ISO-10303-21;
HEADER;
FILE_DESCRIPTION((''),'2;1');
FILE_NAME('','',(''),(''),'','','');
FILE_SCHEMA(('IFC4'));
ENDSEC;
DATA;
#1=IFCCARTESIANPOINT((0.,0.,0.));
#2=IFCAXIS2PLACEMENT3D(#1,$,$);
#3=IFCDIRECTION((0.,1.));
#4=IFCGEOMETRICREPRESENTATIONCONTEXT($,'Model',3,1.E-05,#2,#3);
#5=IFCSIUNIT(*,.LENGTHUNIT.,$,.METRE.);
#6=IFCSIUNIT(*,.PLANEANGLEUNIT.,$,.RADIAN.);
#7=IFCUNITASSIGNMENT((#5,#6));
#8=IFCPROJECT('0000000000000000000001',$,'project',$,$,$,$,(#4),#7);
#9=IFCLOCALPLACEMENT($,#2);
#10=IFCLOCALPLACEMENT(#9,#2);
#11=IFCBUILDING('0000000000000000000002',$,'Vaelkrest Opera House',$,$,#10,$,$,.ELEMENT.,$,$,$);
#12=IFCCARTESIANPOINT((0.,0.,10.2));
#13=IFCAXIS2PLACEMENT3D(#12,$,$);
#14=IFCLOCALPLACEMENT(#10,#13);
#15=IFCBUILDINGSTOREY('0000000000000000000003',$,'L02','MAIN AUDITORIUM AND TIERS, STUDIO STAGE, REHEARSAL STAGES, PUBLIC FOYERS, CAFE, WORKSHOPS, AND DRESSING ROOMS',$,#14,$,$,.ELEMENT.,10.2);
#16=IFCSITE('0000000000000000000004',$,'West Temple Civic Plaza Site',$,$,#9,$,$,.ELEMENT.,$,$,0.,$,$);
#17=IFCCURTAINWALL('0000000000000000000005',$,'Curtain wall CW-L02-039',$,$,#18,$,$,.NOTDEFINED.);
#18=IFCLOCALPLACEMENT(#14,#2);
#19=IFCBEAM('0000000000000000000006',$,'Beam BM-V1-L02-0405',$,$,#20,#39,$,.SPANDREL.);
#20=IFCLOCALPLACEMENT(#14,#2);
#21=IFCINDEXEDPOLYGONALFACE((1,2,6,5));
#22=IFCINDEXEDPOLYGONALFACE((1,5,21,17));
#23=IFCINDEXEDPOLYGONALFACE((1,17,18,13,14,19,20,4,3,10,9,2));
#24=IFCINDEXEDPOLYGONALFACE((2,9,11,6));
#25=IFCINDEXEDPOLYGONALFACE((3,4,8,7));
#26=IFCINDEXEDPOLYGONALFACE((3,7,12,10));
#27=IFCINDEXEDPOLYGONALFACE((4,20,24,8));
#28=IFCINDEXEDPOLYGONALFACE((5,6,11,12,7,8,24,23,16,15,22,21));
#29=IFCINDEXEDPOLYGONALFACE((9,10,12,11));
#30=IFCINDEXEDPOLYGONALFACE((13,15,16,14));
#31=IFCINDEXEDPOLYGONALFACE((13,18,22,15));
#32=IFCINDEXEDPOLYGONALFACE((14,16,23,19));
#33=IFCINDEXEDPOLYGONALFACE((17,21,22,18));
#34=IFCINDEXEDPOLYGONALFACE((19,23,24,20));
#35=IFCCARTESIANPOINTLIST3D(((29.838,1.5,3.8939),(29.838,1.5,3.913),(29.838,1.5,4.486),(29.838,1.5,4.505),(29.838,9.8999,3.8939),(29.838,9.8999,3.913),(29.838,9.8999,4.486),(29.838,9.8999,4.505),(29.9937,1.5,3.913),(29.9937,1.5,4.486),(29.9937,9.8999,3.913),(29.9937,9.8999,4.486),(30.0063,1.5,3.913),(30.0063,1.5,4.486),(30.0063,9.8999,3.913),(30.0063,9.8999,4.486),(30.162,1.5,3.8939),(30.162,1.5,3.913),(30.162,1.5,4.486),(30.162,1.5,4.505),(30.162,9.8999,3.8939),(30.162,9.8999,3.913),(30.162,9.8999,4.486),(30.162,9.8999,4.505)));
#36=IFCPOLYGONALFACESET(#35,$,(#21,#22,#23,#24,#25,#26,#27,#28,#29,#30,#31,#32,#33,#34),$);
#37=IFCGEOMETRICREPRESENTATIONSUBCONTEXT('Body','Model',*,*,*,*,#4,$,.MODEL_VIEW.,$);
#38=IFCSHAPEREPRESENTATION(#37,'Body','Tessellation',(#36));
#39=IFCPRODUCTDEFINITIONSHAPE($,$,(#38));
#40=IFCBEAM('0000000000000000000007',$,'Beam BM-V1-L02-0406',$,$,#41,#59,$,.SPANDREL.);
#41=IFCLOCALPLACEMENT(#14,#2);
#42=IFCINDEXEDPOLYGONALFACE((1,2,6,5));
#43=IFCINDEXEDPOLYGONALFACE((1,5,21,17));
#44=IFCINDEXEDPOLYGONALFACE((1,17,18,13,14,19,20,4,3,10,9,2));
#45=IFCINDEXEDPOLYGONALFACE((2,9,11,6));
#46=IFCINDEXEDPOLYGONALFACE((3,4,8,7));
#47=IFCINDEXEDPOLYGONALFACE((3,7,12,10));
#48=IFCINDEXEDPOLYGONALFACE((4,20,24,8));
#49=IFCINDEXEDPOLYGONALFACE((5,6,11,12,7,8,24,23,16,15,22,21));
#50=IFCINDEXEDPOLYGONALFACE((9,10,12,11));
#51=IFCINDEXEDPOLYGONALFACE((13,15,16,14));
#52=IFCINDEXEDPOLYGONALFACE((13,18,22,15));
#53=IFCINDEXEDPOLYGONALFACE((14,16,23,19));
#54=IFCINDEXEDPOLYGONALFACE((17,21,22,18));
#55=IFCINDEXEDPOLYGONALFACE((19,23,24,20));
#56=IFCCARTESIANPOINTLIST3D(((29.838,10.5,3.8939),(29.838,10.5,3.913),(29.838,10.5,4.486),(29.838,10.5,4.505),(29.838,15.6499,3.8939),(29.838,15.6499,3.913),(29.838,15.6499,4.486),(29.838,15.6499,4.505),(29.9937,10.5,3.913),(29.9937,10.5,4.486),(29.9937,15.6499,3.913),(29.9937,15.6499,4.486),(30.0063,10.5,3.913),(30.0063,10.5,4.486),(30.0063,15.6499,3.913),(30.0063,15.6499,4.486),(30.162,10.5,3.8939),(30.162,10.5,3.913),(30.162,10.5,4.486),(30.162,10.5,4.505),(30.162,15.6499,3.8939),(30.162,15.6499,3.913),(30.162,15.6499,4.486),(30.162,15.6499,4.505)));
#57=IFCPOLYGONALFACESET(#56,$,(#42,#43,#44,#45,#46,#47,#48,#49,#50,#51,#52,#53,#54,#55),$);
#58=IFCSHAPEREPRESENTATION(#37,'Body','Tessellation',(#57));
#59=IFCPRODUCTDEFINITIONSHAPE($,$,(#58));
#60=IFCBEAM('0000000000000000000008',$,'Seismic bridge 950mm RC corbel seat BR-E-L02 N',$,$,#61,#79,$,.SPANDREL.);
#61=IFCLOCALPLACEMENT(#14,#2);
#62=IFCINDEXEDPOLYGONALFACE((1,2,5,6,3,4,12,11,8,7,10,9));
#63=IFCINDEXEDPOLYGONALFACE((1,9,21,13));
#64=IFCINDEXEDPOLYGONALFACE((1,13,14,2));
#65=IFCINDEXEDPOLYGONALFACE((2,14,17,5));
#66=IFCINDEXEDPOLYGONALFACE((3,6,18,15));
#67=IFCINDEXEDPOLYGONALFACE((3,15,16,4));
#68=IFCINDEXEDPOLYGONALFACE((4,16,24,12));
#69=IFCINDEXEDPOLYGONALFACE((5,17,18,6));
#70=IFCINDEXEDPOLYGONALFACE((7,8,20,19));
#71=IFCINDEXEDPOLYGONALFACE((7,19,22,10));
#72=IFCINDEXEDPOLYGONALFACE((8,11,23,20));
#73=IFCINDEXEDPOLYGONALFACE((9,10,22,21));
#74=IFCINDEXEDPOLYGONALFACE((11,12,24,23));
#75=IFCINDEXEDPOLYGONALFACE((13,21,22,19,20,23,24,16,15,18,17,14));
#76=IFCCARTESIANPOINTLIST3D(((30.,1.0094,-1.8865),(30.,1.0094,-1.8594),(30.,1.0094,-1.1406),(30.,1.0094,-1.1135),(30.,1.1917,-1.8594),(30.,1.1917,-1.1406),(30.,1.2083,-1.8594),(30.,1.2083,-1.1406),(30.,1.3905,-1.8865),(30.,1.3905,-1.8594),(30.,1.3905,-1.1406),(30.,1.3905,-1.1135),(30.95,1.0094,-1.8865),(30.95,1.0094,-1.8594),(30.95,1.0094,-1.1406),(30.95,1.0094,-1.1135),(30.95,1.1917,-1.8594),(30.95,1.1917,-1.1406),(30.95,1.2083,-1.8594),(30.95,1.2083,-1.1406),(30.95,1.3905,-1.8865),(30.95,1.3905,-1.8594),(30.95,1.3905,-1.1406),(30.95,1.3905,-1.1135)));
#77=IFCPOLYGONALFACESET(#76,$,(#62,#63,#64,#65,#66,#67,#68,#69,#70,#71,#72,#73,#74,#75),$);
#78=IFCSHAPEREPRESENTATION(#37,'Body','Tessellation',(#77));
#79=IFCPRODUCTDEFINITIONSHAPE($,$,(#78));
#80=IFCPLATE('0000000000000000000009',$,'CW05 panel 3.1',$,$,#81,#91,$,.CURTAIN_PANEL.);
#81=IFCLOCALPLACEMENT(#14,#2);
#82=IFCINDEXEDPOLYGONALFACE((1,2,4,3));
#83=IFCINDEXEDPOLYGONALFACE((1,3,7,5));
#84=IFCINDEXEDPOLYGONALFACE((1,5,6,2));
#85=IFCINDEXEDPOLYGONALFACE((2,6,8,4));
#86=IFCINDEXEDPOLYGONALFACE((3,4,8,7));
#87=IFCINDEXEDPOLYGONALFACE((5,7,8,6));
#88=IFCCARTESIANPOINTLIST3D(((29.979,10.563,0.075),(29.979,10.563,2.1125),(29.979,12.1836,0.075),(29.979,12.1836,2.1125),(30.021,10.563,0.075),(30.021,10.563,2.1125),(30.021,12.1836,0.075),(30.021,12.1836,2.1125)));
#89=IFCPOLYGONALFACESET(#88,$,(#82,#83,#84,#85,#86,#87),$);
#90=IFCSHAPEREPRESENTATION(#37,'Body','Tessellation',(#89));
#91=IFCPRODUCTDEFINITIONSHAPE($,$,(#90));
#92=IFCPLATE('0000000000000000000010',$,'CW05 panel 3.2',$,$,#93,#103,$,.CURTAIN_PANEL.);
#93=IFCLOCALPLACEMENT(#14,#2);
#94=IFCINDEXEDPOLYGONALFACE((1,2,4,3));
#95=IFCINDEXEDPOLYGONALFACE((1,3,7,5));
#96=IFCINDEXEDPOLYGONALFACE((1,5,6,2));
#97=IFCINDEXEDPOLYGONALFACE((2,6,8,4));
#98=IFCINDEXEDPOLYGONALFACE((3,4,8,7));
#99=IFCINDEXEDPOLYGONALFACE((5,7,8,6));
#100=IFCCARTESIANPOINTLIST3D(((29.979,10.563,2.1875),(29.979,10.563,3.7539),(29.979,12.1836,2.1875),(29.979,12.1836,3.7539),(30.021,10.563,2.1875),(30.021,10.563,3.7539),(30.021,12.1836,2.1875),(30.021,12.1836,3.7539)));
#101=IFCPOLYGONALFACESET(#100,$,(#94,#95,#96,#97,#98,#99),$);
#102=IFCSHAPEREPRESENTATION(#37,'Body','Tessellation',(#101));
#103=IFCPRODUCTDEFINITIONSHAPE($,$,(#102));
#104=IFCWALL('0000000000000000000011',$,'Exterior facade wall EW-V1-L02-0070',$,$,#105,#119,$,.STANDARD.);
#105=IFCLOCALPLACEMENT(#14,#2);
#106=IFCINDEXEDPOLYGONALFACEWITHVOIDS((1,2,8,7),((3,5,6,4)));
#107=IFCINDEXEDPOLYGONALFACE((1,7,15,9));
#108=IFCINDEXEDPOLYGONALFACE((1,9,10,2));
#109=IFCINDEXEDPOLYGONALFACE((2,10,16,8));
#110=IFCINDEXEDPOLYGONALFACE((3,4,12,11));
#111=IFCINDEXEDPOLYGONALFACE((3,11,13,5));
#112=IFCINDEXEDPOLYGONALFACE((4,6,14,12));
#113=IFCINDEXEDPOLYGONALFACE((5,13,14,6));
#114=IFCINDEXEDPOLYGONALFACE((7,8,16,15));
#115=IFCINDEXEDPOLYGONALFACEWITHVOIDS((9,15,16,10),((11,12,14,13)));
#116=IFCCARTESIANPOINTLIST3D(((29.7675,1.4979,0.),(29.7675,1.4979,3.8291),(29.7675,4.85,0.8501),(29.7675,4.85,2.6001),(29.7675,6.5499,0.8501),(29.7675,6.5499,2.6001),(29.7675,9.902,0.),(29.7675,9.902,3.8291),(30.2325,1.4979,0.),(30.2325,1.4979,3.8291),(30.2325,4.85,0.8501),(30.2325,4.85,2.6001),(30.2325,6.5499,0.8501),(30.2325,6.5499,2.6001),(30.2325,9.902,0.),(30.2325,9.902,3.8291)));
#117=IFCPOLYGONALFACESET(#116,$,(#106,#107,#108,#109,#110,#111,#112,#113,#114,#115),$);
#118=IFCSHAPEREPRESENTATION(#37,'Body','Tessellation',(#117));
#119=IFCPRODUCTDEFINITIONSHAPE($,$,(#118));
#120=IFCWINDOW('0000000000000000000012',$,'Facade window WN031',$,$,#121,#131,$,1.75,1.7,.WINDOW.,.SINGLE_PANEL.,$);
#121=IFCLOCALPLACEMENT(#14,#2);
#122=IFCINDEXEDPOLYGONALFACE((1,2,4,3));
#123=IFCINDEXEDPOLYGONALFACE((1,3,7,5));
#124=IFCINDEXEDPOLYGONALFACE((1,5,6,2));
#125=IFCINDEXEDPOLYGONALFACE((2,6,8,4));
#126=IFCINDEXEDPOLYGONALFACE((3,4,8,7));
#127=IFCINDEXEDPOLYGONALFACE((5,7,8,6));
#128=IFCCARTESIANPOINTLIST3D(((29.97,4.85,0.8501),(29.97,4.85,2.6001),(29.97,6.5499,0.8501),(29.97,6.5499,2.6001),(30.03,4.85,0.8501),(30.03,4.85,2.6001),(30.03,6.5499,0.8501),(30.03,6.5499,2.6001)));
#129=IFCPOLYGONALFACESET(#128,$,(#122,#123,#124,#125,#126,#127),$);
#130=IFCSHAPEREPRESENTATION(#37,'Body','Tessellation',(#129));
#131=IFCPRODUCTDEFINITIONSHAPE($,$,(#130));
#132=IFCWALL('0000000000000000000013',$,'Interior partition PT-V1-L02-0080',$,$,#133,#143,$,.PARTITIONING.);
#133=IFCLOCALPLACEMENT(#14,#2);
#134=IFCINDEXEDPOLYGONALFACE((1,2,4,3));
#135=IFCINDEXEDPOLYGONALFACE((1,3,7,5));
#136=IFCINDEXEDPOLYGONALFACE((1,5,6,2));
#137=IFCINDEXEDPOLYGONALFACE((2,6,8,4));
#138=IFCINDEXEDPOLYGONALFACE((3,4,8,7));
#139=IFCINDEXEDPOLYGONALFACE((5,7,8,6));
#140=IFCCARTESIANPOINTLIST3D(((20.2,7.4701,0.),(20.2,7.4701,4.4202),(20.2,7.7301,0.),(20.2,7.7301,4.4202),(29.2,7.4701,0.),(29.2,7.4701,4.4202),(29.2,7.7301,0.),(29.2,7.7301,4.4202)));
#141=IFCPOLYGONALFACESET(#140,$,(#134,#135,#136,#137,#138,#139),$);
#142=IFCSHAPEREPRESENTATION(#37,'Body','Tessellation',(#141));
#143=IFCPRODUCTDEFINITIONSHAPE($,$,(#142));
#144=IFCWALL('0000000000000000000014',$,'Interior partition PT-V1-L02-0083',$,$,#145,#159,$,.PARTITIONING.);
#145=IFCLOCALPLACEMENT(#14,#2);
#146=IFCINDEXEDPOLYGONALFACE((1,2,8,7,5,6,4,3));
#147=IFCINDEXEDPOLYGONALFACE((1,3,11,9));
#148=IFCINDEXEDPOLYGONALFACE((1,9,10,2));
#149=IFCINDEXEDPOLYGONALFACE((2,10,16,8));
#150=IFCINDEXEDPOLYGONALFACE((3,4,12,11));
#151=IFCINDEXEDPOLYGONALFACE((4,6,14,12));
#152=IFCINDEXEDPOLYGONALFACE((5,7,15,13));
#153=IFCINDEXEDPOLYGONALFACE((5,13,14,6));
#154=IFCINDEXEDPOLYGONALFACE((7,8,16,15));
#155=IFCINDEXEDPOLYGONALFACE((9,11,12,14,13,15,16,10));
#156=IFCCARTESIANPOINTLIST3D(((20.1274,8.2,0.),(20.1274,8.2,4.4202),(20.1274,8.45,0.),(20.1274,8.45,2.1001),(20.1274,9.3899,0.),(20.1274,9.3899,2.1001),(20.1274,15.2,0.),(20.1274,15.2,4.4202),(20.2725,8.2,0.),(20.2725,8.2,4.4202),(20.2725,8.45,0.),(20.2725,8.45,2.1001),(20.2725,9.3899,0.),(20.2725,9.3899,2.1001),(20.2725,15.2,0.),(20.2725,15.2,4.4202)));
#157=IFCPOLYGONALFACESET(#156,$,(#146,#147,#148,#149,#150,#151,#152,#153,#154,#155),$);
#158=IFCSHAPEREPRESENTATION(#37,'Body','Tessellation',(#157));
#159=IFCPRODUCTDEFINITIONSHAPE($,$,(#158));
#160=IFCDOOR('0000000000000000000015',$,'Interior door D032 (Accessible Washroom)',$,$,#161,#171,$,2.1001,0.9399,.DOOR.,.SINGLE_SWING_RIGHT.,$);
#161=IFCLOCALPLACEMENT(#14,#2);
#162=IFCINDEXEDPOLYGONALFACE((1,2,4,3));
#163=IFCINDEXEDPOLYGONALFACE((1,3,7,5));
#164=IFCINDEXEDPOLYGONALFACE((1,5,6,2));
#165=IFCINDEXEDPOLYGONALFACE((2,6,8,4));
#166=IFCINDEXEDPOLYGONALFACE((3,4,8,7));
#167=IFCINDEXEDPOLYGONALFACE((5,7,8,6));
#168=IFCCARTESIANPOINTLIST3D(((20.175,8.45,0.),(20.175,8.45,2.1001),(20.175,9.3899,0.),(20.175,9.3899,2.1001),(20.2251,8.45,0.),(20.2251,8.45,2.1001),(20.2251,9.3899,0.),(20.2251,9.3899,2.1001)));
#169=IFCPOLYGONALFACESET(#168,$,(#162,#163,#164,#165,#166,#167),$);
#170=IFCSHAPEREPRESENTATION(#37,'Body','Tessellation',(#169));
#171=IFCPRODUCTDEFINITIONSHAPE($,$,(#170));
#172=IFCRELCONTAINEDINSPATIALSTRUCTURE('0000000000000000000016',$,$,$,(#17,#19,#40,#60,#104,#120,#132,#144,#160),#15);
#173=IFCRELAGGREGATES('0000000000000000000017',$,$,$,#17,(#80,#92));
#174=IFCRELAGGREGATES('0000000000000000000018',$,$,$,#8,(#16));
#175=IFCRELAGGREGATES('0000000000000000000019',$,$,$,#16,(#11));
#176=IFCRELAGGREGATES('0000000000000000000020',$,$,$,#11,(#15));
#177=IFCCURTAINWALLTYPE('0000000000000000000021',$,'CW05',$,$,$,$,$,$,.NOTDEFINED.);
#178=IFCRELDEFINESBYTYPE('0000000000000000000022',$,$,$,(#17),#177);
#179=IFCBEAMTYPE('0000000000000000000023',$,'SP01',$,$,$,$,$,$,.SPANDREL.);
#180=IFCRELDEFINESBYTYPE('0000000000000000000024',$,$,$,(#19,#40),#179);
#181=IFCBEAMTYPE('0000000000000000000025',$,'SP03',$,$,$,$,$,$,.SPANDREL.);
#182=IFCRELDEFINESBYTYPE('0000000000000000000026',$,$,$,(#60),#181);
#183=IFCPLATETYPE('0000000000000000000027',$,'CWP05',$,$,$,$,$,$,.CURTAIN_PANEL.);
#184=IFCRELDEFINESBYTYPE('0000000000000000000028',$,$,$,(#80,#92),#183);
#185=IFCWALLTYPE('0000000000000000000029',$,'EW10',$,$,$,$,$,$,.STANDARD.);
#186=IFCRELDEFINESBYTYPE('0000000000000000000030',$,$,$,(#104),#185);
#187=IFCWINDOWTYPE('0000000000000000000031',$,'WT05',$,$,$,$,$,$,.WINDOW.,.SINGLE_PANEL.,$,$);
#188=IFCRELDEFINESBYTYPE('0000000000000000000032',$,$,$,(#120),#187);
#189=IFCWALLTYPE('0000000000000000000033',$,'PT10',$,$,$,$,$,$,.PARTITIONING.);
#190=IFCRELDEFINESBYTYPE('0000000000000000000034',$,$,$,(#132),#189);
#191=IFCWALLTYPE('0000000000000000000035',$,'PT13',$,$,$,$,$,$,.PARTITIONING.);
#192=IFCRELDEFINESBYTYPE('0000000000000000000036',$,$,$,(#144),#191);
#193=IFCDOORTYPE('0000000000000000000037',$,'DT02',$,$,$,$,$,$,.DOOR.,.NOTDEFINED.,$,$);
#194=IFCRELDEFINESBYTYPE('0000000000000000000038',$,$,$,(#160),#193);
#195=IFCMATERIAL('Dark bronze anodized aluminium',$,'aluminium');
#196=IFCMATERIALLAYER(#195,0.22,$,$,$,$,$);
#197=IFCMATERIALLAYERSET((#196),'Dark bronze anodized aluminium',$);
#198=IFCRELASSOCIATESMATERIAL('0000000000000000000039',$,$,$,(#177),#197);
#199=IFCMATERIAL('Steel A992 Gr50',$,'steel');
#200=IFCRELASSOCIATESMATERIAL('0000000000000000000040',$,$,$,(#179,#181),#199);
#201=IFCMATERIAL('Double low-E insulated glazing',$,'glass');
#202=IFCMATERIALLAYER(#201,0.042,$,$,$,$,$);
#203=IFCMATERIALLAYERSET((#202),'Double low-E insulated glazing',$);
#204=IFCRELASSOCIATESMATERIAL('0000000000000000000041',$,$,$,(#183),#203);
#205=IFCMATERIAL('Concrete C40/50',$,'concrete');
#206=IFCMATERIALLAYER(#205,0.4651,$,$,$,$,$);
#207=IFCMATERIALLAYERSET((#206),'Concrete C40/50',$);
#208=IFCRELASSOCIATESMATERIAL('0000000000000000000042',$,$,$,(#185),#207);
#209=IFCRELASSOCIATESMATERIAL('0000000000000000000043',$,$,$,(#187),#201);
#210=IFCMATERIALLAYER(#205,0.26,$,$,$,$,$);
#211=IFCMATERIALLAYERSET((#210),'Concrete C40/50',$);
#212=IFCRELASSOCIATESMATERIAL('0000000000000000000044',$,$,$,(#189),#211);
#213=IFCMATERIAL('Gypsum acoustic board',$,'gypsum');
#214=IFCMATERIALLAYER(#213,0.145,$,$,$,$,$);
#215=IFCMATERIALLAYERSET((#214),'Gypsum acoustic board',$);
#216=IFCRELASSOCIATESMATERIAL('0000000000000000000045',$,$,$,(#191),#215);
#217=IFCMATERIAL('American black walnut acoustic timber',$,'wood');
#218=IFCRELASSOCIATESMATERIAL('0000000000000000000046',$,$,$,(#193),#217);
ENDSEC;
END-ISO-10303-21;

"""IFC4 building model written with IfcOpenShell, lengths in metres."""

from ifc_helpers import new_model, si_unit, direction, frame, frame_2d, origin, origin_2d, place, context, subcontext, project, spatial, rectangle, i_section, extrude, material, layer, layer_set, material_profile, profile_set, type_object, element, fill, aggregate, save


model = new_model("IFC4")

# Units and contexts
model_context = context("Model", 3, precision=1e-05, world=origin(), true_north=direction((0.0, 1.0)))
body_context = subcontext(model_context, "Body", "Model", "MODEL_VIEW")
ifc_project = project(units=[si_unit("LENGTHUNIT", "METRE"), si_unit("PLANEANGLEUNIT", "RADIAN")], contexts=[model_context])

# Site, building, storey
site_placement = place(None, origin())
site = spatial("IfcSite", under=ifc_project, at=site_placement, Name="West Temple Civic Plaza Site", CompositionType="ELEMENT", RefElevation=0.0)
building_placement = place(site_placement, origin())
building = spatial("IfcBuilding", under=site, at=building_placement, Name="Vaelkrest Opera House", CompositionType="ELEMENT")
storey_placement = place(building_placement, frame((0.0, 0.0, 10.2)))
storey = spatial("IfcBuildingStorey", under=building, at=storey_placement, Name="L02", Description="MAIN AUDITORIUM AND TIERS, STUDIO STAGE, REHEARSAL STAGES, PUBLIC FOYERS, CAFE, WORKSHOPS, AND DRESSING ROOMS", CompositionType="ELEMENT", Elevation=10.2)

# Shared definitions
ifc_material_1 = material(Name="Steel A992 Gr50", Category="steel")

# Curtain wall
ifc_material_2 = material(Name="Dark bronze anodized aluminium", Category="aluminium")
ifc_layer_1 = layer(ifc_material_2, 0.22)
ifc_layer_set_1 = layer_set([ifc_layer_1], Name="Dark bronze anodized aluminium")
curtain_wall_type = type_object("IfcCurtainWallType", Name="CW05", PredefinedType="NOTDEFINED", material=ifc_layer_set_1)
curtain_wall_placement = place(storey_placement, origin())
curtain_wall = element("IfcCurtainWall", 1, at=curtain_wall_placement, inside=storey, type_object=curtain_wall_type, Name="Curtain wall CW-L02-039", PredefinedType="NOTDEFINED")

# Beams
ifc_material_profile_1 = material_profile(ifc_material_1, i_section(OverallWidth=0.324, OverallDepth=0.6111, WebThickness=0.0127, FlangeThickness=0.019, at=origin_2d()), Name="W24X104")
ifc_profile_set_1 = profile_set([ifc_material_profile_1], Name="Steel A992 Gr50")
beam_type_1 = type_object("IfcBeamType", Name="SP01", PredefinedType="SPANDREL", material=ifc_profile_set_1)
for number, where, z_axis, x_axis, name in (
    (2, (30.0, 1.5, 4.1995), (0.0, 1.0, 0.0), (-1.0, 0.0, 0.0), "Beam BM-V1-L02-0405"),
):
    element("IfcBeam", number, at=place(storey_placement, frame(where, z_axis=z_axis, x_axis=x_axis)), inside=storey, type_object=beam_type_1, Name=name, PredefinedType="SPANDREL", context=body_context, shape_type="SweptSolid", body=[
        extrude(i_section(OverallWidth=0.324, OverallDepth=0.6111, WebThickness=0.0127, FlangeThickness=0.019, at=origin_2d()), origin(), (0.0, 0.0, 1.0), 8.3999),
    ])
beam_1_placement = place(storey_placement, frame((30.0, 10.5, 4.1995), z_axis=(0.0, 1.0, 0.0), x_axis=(-1.0, 0.0, 0.0)))
element("IfcBeam", 3, at=beam_1_placement, inside=storey, type_object=beam_type_1, Name="Beam BM-V1-L02-0406", PredefinedType="SPANDREL", context=body_context, shape_type="SweptSolid", body=[
    extrude(i_section(OverallWidth=0.324, OverallDepth=0.6111, WebThickness=0.0127, FlangeThickness=0.019, at=origin_2d()), origin(), (0.0, 0.0, 1.0), 5.1499),
])
ifc_material_profile_2 = material_profile(ifc_material_1, i_section(OverallWidth=0.3811, OverallDepth=0.7729, WebThickness=0.0166, FlangeThickness=0.0271, at=origin_2d()), Name="W30X173")
ifc_profile_set_2 = profile_set([ifc_material_profile_2], Name="Steel A992 Gr50")
beam_type_2 = type_object("IfcBeamType", Name="SP03", PredefinedType="SPANDREL", material=ifc_profile_set_2)
beam_2_placement = place(storey_placement, frame((30.0, 1.2, -1.5), z_axis=(1.0, 0.0, 0.0), x_axis=(0.0, 1.0, 0.0)))
element("IfcBeam", 4, at=beam_2_placement, inside=storey, type_object=beam_type_2, Name="Seismic bridge 950mm RC corbel seat BR-E-L02 N", PredefinedType="SPANDREL", context=body_context, shape_type="SweptSolid", body=[
    extrude(i_section(OverallWidth=0.3811, OverallDepth=0.7729, WebThickness=0.0166, FlangeThickness=0.0271, at=origin_2d()), origin(), (0.0, 0.0, 1.0), 0.95),
])

# Plates
ifc_material_3 = material(Name="Double low-E insulated glazing", Category="glass")
ifc_layer_2 = layer(ifc_material_3, 0.042)
ifc_layer_set_2 = layer_set([ifc_layer_2], Name="Double low-E insulated glazing")
plate_type = type_object("IfcPlateType", Name="CWP05", PredefinedType="CURTAIN_PANEL", material=ifc_layer_set_2)
plate_1_placement = place(storey_placement, frame((30.0, 11.3733, 0.075), z_axis=(0.0, 0.0, 1.0), x_axis=(0.0, -1.0, 0.0)))
plate_1 = element("IfcPlate", 5, at=plate_1_placement, type_object=plate_type, Name="CW05 panel 3.1", PredefinedType="CURTAIN_PANEL", context=body_context, shape_type="SweptSolid", body=[
    extrude(rectangle(XDim=1.6206, YDim=0.042, at=origin_2d()), origin(), (0.0, 0.0, 1.0), 2.0376),
])
plate_2_placement = place(storey_placement, frame((30.0, 11.3733, 2.1875), z_axis=(0.0, 0.0, 1.0), x_axis=(0.0, -1.0, 0.0)))
plate_2 = element("IfcPlate", 6, at=plate_2_placement, type_object=plate_type, Name="CW05 panel 3.2", PredefinedType="CURTAIN_PANEL", context=body_context, shape_type="SweptSolid", body=[
    extrude(rectangle(XDim=1.6206, YDim=0.042, at=origin_2d()), origin(), (0.0, 0.0, 1.0), 1.5664),
])
aggregate(curtain_wall, [plate_1, plate_2])

# Wall, opening, window
ifc_material_4 = material(Name="Concrete C40/50", Category="concrete")
ifc_layer_3 = layer(ifc_material_4, 0.4651)
ifc_layer_set_3 = layer_set([ifc_layer_3], Name="Concrete C40/50")
wall_type_1 = type_object("IfcWallType", Name="EW10", PredefinedType="STANDARD", material=ifc_layer_set_3)
wall_1_placement = place(storey_placement, frame((30.0, 9.9021, 0.0), z_axis=(0.0, 0.0, 1.0), x_axis=(0.0, -1.0, 0.0)))
wall_1 = element("IfcWall", 7, at=wall_1_placement, inside=storey, type_object=wall_type_1, Name="Exterior facade wall EW-V1-L02-0070", PredefinedType="STANDARD", context=body_context, shape_type="SweptSolid", body=[
    extrude(rectangle(XDim=8.4041, YDim=0.4651, at=frame_2d((4.2021, 0.0))), origin(), (0.0, 0.0, 1.0), 3.8291),
])
opening_1_placement = place(wall_1_placement, frame((3.3521, 0.0, 0.8501)))
opening_1 = element("IfcOpeningElement", 8, at=opening_1_placement, cuts=wall_1, PredefinedType="OPENING", context=body_context, shape_type="SweptSolid", body=[
    extrude(rectangle(XDim=1.7, YDim=1.75, at=frame_2d((0.8501, 0.875))), frame((0.0, 0.2424, 0.0), z_axis=(0.0, -1.0, 0.0), x_axis=(1.0, 0.0, 0.0)), (0.0, 0.0, 1.0), 0.4851),
])
window_type = type_object("IfcWindowType", Name="WT05", PartitioningType="SINGLE_PANEL", PredefinedType="WINDOW", material=ifc_material_3)
window_placement = place(opening_1_placement, origin())
window = element("IfcWindow", 9, at=window_placement, inside=storey, type_object=window_type, Name="Facade window WN031", OverallHeight=1.75, OverallWidth=1.7, PartitioningType="SINGLE_PANEL", PredefinedType="WINDOW", context=body_context, shape_type="SweptSolid", body=[
    extrude(rectangle(XDim=1.7, YDim=1.75, at=frame_2d((0.8501, 0.875))), frame((0.0, 0.03, 0.0), z_axis=(0.0, -1.0, 0.0), x_axis=(1.0, 0.0, 0.0)), (0.0, 0.0, 1.0), 0.0601),
])
fill(opening_1, window)

# Wall
ifc_layer_4 = layer(ifc_material_4, 0.26)
ifc_layer_set_4 = layer_set([ifc_layer_4], Name="Concrete C40/50")
wall_type_2 = type_object("IfcWallType", Name="PT10", PredefinedType="PARTITIONING", material=ifc_layer_set_4)
wall_2_placement = place(storey_placement, frame((20.2, 7.6001, 0.0), z_axis=(0.0, 0.0, 1.0), x_axis=(1.0, 0.0, 0.0)))
element("IfcWall", 10, at=wall_2_placement, inside=storey, type_object=wall_type_2, Name="Interior partition PT-V1-L02-0080", PredefinedType="PARTITIONING", context=body_context, shape_type="SweptSolid", body=[
    extrude(rectangle(XDim=9.0, YDim=0.26, at=frame_2d((4.5, 0.0))), origin(), (0.0, 0.0, 1.0), 4.4202),
])

# Wall, opening, door
ifc_material_5 = material(Name="Gypsum acoustic board", Category="gypsum")
ifc_layer_5 = layer(ifc_material_5, 0.145)
ifc_layer_set_5 = layer_set([ifc_layer_5], Name="Gypsum acoustic board")
wall_type_3 = type_object("IfcWallType", Name="PT13", PredefinedType="PARTITIONING", material=ifc_layer_set_5)
wall_3_placement = place(storey_placement, frame((20.2, 8.2, 0.0), z_axis=(0.0, 0.0, 1.0), x_axis=(0.0, 1.0, 0.0)))
wall_3 = element("IfcWall", 11, at=wall_3_placement, inside=storey, type_object=wall_type_3, Name="Interior partition PT-V1-L02-0083", PredefinedType="PARTITIONING", context=body_context, shape_type="SweptSolid", body=[
    extrude(rectangle(XDim=7.0, YDim=0.145, at=frame_2d((3.5, 0.0))), origin(), (0.0, 0.0, 1.0), 4.4202),
])
opening_2_placement = place(wall_3_placement, frame((0.25, 0.0, 0.0)))
opening_2 = element("IfcOpeningElement", 12, at=opening_2_placement, cuts=wall_3, PredefinedType="OPENING", context=body_context, shape_type="SweptSolid", body=[
    extrude(rectangle(XDim=0.9399, YDim=2.1001, at=frame_2d((0.47, 1.05))), frame((0.0, 0.0825, 0.0), z_axis=(0.0, -1.0, 0.0), x_axis=(1.0, 0.0, 0.0)), (0.0, 0.0, 1.0), 0.165),
])
ifc_material_6 = material(Name="American black walnut acoustic timber", Category="wood")
door_type = type_object("IfcDoorType", Name="DT02", OperationType="NOTDEFINED", PredefinedType="DOOR", material=ifc_material_6)
door_placement = place(opening_2_placement, origin())
door = element("IfcDoor", 13, at=door_placement, inside=storey, type_object=door_type, Name="Interior door D032 (Accessible Washroom)", OperationType="SINGLE_SWING_RIGHT", OverallHeight=2.1001, OverallWidth=0.9399, PredefinedType="DOOR", context=body_context, shape_type="SweptSolid", body=[
    extrude(rectangle(XDim=0.9399, YDim=2.1001, at=frame_2d((0.47, 1.05))), frame((0.0, 0.0249, 0.0), z_axis=(0.0, -1.0, 0.0), x_axis=(1.0, 0.0, 0.0)), (0.0, 0.0, 1.0), 0.05),
])
fill(opening_2, door)

save(model, "model.ifc")
